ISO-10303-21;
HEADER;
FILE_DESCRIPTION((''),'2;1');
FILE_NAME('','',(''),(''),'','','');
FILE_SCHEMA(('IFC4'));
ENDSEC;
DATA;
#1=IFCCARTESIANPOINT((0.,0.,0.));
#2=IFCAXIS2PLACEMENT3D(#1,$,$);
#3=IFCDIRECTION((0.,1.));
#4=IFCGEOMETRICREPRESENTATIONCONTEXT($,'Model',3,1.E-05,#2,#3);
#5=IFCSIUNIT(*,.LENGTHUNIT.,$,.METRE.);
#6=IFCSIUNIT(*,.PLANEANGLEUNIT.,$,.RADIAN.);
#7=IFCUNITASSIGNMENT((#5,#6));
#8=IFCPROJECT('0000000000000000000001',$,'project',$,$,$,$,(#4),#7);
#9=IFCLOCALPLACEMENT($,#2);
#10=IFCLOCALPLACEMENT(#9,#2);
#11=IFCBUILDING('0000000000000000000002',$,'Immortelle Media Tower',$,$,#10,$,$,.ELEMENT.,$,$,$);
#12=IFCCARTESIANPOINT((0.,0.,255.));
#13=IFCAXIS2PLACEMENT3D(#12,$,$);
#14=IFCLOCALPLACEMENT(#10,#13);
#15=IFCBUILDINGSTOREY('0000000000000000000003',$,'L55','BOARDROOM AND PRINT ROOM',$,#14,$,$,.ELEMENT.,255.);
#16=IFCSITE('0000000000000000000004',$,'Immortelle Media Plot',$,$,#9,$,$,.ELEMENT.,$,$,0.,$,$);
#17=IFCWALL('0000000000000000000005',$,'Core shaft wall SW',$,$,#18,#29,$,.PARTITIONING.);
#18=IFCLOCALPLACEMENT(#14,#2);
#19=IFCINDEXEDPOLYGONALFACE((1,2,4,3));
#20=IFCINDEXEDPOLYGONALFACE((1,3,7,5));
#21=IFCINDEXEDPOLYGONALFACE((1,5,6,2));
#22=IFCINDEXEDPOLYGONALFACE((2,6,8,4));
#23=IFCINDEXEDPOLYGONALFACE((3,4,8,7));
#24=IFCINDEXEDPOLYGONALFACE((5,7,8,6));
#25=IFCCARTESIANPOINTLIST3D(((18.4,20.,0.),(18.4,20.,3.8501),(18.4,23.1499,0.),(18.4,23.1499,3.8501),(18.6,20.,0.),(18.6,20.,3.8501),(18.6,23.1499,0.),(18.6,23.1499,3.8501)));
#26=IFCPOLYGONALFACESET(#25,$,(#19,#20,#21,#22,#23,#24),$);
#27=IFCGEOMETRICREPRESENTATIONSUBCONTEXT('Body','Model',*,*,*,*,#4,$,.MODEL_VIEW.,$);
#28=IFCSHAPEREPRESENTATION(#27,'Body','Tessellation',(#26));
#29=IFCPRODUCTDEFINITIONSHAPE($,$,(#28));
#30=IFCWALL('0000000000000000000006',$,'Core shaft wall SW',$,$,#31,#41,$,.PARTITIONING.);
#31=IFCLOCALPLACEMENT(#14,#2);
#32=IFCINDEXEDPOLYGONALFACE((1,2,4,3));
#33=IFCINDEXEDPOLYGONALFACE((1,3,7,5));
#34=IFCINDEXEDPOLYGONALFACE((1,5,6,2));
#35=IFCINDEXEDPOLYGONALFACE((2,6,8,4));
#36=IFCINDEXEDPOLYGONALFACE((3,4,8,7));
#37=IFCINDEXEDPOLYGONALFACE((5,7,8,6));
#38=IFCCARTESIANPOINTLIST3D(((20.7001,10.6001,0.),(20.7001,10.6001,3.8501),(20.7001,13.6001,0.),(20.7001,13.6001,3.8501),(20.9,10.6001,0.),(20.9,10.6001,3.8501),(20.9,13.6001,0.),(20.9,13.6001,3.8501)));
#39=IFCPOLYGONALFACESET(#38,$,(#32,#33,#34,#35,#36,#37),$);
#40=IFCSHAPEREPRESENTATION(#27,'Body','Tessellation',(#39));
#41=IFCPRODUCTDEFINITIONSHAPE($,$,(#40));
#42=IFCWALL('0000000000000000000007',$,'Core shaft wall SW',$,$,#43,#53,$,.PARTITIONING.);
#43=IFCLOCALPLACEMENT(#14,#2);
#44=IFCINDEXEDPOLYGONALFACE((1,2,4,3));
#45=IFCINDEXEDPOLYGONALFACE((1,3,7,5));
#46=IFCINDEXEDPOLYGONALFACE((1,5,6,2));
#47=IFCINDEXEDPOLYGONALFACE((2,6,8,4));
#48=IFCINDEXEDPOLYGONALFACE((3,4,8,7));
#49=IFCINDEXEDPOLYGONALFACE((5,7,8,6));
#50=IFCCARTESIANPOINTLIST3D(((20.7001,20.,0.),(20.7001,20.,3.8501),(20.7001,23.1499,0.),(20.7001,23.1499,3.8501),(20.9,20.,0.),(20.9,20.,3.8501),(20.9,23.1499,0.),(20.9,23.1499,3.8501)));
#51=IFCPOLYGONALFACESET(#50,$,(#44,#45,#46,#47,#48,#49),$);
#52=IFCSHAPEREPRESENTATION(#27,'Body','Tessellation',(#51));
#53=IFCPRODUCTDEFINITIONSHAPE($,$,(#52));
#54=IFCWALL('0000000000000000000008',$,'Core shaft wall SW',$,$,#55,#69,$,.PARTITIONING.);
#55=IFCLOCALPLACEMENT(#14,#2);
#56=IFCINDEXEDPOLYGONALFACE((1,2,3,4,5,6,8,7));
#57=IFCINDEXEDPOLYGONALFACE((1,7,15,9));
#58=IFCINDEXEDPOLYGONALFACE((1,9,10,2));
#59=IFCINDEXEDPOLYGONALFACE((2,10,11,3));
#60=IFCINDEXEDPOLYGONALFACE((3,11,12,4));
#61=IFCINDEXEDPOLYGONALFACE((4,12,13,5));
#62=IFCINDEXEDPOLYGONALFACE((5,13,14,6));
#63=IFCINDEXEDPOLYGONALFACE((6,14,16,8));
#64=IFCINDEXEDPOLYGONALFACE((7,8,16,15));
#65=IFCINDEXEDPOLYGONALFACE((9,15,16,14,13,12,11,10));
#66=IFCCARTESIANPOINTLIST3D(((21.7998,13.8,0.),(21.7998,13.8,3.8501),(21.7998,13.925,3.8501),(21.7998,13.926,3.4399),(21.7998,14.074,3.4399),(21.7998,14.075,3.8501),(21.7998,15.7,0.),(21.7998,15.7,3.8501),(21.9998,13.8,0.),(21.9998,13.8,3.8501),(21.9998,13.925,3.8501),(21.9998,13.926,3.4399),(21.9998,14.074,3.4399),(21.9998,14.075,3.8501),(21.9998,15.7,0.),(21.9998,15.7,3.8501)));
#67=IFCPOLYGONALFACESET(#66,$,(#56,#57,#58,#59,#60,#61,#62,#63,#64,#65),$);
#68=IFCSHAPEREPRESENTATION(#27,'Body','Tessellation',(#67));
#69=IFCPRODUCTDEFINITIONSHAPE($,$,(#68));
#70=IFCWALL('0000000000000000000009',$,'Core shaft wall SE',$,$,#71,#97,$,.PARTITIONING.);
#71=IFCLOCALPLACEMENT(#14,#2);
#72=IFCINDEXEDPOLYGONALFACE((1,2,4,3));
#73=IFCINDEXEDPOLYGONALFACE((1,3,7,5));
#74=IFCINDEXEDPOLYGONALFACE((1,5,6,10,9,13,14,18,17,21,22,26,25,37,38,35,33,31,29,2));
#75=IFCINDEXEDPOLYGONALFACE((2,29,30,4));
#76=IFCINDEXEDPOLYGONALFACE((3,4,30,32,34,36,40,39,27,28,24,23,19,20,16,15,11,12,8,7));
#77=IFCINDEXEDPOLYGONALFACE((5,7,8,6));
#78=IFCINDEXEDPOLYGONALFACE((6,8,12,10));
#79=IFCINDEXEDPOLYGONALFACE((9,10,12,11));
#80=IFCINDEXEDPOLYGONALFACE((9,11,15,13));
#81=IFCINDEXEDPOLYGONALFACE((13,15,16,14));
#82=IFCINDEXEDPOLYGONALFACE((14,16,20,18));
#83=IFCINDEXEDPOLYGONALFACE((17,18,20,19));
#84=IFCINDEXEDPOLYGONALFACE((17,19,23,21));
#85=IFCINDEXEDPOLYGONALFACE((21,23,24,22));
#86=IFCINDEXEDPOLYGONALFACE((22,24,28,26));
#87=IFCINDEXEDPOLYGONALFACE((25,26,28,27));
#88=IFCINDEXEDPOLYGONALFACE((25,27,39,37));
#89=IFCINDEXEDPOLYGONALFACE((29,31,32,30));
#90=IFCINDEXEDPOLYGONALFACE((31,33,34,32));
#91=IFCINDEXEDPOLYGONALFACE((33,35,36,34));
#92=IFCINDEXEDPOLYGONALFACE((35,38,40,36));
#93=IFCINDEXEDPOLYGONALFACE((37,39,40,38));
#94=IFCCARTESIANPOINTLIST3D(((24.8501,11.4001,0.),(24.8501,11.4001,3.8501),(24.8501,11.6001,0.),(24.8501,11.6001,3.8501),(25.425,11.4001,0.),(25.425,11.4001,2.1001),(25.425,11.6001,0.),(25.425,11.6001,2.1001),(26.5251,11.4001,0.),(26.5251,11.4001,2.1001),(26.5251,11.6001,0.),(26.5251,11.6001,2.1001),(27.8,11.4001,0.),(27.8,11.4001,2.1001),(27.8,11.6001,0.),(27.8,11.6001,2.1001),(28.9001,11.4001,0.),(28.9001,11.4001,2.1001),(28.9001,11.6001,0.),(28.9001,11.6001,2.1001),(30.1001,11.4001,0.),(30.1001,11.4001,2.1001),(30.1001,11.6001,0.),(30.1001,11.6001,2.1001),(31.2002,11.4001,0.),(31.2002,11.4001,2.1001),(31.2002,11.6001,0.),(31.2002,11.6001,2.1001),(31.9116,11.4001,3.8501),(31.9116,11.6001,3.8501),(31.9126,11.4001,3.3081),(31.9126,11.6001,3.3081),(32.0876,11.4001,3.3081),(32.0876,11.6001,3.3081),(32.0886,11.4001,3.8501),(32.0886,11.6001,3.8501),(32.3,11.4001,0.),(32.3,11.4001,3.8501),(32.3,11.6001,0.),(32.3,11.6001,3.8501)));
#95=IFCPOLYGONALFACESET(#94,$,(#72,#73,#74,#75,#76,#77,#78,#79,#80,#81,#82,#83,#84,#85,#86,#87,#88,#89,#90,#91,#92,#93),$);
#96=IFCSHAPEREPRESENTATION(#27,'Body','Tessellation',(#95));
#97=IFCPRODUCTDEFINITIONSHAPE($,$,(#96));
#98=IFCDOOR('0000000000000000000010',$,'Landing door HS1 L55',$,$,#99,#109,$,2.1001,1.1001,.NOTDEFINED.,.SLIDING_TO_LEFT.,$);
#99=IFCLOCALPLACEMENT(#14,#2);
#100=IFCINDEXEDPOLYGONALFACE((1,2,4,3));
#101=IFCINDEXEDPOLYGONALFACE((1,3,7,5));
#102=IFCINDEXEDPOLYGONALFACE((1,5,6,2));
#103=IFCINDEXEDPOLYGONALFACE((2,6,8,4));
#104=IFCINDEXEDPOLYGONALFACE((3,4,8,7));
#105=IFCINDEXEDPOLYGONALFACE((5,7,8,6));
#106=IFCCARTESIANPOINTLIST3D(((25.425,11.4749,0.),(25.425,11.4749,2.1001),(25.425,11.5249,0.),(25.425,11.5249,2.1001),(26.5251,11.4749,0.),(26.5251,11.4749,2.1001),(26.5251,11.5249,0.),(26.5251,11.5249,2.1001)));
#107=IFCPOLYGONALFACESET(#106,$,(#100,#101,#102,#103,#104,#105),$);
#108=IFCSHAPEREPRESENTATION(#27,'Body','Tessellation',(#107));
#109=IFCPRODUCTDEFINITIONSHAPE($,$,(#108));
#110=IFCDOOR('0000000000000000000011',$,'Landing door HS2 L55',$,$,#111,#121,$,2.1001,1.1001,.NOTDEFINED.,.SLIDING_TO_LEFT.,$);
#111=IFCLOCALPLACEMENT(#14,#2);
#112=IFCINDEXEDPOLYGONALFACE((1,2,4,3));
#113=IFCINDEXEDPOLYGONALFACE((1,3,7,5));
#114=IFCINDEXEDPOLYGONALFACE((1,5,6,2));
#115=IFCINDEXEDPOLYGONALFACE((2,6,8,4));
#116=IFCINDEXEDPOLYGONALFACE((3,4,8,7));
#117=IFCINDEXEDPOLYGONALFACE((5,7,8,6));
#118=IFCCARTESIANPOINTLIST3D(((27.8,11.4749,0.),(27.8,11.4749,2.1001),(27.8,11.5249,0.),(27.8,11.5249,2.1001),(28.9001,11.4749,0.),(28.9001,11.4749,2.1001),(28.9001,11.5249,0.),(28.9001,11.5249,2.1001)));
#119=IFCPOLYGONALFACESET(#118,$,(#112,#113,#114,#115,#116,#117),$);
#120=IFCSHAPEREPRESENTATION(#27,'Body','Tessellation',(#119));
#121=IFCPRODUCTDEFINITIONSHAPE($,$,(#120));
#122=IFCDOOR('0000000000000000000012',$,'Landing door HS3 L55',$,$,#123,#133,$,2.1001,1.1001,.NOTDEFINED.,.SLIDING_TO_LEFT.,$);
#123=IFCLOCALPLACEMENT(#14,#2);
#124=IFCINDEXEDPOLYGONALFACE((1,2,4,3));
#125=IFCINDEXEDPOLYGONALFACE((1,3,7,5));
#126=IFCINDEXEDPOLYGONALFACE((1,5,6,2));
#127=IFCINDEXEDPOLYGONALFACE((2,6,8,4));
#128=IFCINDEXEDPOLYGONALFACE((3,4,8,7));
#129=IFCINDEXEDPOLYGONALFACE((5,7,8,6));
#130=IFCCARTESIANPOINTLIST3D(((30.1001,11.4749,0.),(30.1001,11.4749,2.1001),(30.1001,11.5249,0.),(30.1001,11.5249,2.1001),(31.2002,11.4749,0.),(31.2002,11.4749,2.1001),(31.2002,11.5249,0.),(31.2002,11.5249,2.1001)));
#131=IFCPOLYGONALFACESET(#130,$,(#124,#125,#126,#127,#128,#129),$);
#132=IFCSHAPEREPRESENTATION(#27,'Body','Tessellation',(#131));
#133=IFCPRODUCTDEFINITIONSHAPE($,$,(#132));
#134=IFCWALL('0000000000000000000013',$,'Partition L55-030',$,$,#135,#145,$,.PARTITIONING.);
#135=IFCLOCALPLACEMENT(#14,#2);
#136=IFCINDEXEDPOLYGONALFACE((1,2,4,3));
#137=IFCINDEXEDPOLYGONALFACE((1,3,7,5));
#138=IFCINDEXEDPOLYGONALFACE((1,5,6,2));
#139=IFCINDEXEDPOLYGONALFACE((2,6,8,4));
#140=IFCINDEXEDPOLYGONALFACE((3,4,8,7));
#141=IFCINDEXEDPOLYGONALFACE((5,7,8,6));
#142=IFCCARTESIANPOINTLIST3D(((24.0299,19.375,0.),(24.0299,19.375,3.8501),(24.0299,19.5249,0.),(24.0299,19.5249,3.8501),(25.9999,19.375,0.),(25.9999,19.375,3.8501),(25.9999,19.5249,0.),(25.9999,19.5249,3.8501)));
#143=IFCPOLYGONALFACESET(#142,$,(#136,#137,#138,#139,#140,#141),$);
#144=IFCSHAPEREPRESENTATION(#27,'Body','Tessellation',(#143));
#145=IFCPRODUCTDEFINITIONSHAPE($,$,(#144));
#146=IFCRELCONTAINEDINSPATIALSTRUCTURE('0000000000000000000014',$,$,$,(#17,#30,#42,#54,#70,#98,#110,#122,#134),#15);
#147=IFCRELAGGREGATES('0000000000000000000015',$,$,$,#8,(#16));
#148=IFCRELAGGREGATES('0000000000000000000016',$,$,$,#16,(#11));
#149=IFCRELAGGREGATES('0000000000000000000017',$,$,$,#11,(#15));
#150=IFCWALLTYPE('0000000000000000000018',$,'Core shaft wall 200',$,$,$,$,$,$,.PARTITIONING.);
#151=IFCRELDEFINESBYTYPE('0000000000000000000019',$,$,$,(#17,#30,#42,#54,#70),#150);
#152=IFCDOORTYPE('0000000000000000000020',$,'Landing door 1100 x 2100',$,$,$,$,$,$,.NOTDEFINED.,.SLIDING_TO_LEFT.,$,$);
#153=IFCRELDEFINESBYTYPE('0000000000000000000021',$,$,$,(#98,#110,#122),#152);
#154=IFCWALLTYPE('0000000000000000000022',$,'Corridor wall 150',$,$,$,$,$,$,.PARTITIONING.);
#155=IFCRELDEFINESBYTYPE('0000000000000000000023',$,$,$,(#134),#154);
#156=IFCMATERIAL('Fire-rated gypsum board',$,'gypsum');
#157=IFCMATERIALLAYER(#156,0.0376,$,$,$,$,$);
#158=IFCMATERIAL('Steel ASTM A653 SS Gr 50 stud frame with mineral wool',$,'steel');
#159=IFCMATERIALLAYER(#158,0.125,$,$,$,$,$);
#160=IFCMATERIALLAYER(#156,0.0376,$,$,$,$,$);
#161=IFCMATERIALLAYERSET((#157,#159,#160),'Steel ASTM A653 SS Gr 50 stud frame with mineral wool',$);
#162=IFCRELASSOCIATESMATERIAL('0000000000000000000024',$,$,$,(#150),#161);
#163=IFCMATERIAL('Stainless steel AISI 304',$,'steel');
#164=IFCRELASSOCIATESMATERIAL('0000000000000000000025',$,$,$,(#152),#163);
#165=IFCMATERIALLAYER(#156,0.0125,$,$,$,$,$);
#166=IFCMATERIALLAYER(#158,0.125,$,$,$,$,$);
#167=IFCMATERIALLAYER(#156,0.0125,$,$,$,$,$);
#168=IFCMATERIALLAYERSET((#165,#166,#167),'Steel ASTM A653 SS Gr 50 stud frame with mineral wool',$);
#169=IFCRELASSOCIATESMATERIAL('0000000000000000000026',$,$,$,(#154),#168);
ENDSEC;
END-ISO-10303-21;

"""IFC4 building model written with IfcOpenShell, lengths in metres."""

from ifc_helpers import new_model, si_unit, direction, frame, frame_2d, origin, place, context, subcontext, project, spatial, polyline, rectangle, outline, extrude, material, layer, layer_set, type_object, element, fill, save


model = new_model("IFC4")

# Units and contexts
model_context = context("Model", 3, precision=1e-05, world=origin(), true_north=direction((0.0, 1.0)))
body_context = subcontext(model_context, "Body", "Model", "MODEL_VIEW")
ifc_project = project(units=[si_unit("LENGTHUNIT", "METRE"), si_unit("PLANEANGLEUNIT", "RADIAN")], contexts=[model_context])

# Site, building, storey
site_placement = place(None, origin())
site = spatial("IfcSite", under=ifc_project, at=site_placement, Name="Immortelle Media Plot", CompositionType="ELEMENT", RefElevation=0.0)
building_placement = place(site_placement, origin())
building = spatial("IfcBuilding", under=site, at=building_placement, Name="Immortelle Media Tower", CompositionType="ELEMENT")
storey_placement = place(building_placement, frame((0.0, 0.0, 255.0)))
storey = spatial("IfcBuildingStorey", under=building, at=storey_placement, Name="L55", Description="BOARDROOM AND PRINT ROOM", CompositionType="ELEMENT", Elevation=255.0)

# Walls
ifc_material_1 = material(Name="Fire-rated gypsum board", Category="gypsum")
ifc_material_2 = material(Name="Steel ASTM A653 SS Gr 50 stud frame with mineral wool", Category="steel")
ifc_layer_1 = layer(ifc_material_1, 0.0376)
ifc_layer_2 = layer(ifc_material_2, 0.125)
ifc_layer_3 = layer(ifc_material_1, 0.0376)
ifc_layer_set_1 = layer_set([ifc_layer_1, ifc_layer_2, ifc_layer_3], Name="Steel ASTM A653 SS Gr 50 stud frame with mineral wool")
wall_type_1 = type_object("IfcWallType", Name="Core shaft wall 200", PredefinedType="PARTITIONING", material=ifc_layer_set_1)
wall_1_placement = place(storey_placement, frame((18.5, 20.0, 0.0), z_axis=(0.0, 0.0, 1.0), x_axis=(0.0, 1.0, 0.0)))
element("IfcWall", 1, at=wall_1_placement, inside=storey, type_object=wall_type_1, Name="Core shaft wall SW", PredefinedType="PARTITIONING", context=body_context, shape_type="SweptSolid", body=[
    extrude(rectangle(XDim=3.1499, YDim=0.2, at=frame_2d((1.575, 0.0))), origin(), (0.0, 0.0, 1.0), 3.8501),
])
wall_2_placement = place(storey_placement, frame((20.8, 10.6001, 0.0), z_axis=(0.0, 0.0, 1.0), x_axis=(0.0, 1.0, 0.0)))
element("IfcWall", 2, at=wall_2_placement, inside=storey, type_object=wall_type_1, Name="Core shaft wall SW", PredefinedType="PARTITIONING", context=body_context, shape_type="SweptSolid", body=[
    extrude(rectangle(XDim=3.0, YDim=0.2, at=frame_2d((1.5, 0.0))), origin(), (0.0, 0.0, 1.0), 3.8501),
])
wall_3_placement = place(storey_placement, frame((20.8, 20.0, 0.0), z_axis=(0.0, 0.0, 1.0), x_axis=(0.0, 1.0, 0.0)))
element("IfcWall", 3, at=wall_3_placement, inside=storey, type_object=wall_type_1, Name="Core shaft wall SW", PredefinedType="PARTITIONING", context=body_context, shape_type="SweptSolid", body=[
    extrude(rectangle(XDim=3.1499, YDim=0.2, at=frame_2d((1.575, 0.0))), origin(), (0.0, 0.0, 1.0), 3.8501),
])
wall_4_placement = place(storey_placement, frame((21.8999, 13.8, 0.0), z_axis=(0.0, 0.0, 1.0), x_axis=(0.0, 1.0, 0.0)))
element("IfcWall", 4, at=wall_4_placement, inside=storey, type_object=wall_type_1, Name="Core shaft wall SW", PredefinedType="PARTITIONING", context=body_context, shape_type="SweptSolid", body=[
    extrude(outline(polyline([(0.0, 0.0), (1.8999, 0.0), (1.8999, 3.8501), (0.2749, 3.8501), (0.2739, 3.4399), (0.126, 3.4399), (0.125, 3.8501), (0.0, 3.8501), (0.0, 0.0)])), frame((0.0, 0.1001, 0.0), z_axis=(0.0, -1.0, 0.0), x_axis=(1.0, 0.0, 0.0)), (0.0, 0.0, 1.0), 0.2),
])

# Wall, openings, doors
wall_5_placement = place(storey_placement, frame((24.8501, 11.5, 0.0), z_axis=(0.0, 0.0, 1.0), x_axis=(1.0, 0.0, 0.0)))
wall_5 = element("IfcWall", 5, at=wall_5_placement, inside=storey, type_object=wall_type_1, Name="Core shaft wall SE", PredefinedType="PARTITIONING", context=body_context, shape_type="SweptSolid", body=[
    extrude(outline(polyline([(0.0, 0.0), (7.45, 0.0), (7.45, 3.8501), (7.2385, 3.8501), (7.2375, 3.3081), (7.0625, 3.3081), (7.0615, 3.8501), (0.0, 3.8501), (0.0, 0.0)])), frame((0.0, 0.1001, 0.0), z_axis=(0.0, -1.0, 0.0), x_axis=(1.0, 0.0, 0.0)), (0.0, 0.0, 1.0), 0.2),
])
opening_1_placement = place(wall_5_placement, frame((0.575, 0.0, 0.0)))
opening_1 = element("IfcOpeningElement", 6, at=opening_1_placement, cuts=wall_5, PredefinedType="OPENING", context=body_context, shape_type="SweptSolid", body=[
    extrude(rectangle(XDim=1.1001, YDim=2.1001, at=frame_2d((0.55, 1.05))), frame((0.0, 0.1099, 0.0), z_axis=(0.0, -1.0, 0.0), x_axis=(1.0, 0.0, 0.0)), (0.0, 0.0, 1.0), 0.22),
])
opening_2_placement = place(wall_5_placement, frame((2.95, 0.0, 0.0)))
opening_2 = element("IfcOpeningElement", 7, at=opening_2_placement, cuts=wall_5, PredefinedType="OPENING", context=body_context, shape_type="SweptSolid", body=[
    extrude(rectangle(XDim=1.1001, YDim=2.1001, at=frame_2d((0.55, 1.05))), frame((0.0, 0.1099, 0.0), z_axis=(0.0, -1.0, 0.0), x_axis=(1.0, 0.0, 0.0)), (0.0, 0.0, 1.0), 0.22),
])
opening_3_placement = place(wall_5_placement, frame((5.25, 0.0, 0.0)))
opening_3 = element("IfcOpeningElement", 8, at=opening_3_placement, cuts=wall_5, PredefinedType="OPENING", context=body_context, shape_type="SweptSolid", body=[
    extrude(rectangle(XDim=1.1001, YDim=2.1001, at=frame_2d((0.55, 1.05))), frame((0.0, 0.1099, 0.0), z_axis=(0.0, -1.0, 0.0), x_axis=(1.0, 0.0, 0.0)), (0.0, 0.0, 1.0), 0.22),
])
ifc_material_3 = material(Name="Stainless steel AISI 304", Category="steel")
door_type_1 = type_object("IfcDoorType", Name="Landing door 1100 x 2100", OperationType="SLIDING_TO_LEFT", PredefinedType="NOTDEFINED", material=ifc_material_3)
door_1_placement = place(opening_1_placement, origin())
door_1 = element("IfcDoor", 9, at=door_1_placement, inside=storey, type_object=door_type_1, Name="Landing door HS1 L55", OperationType="SLIDING_TO_LEFT", OverallHeight=2.1001, OverallWidth=1.1001, PredefinedType="NOTDEFINED", context=body_context, shape_type="SweptSolid", body=[
    extrude(rectangle(XDim=1.1001, YDim=2.1001, at=frame_2d((0.55, 1.05))), frame((0.0, 0.0249, 0.0), z_axis=(0.0, -1.0, 0.0), x_axis=(1.0, 0.0, 0.0)), (0.0, 0.0, 1.0), 0.05),
])
fill(opening_1, door_1)
door_2_placement = place(opening_2_placement, origin())
door_2 = element("IfcDoor", 10, at=door_2_placement, inside=storey, type_object=door_type_1, Name="Landing door HS2 L55", OperationType="SLIDING_TO_LEFT", OverallHeight=2.1001, OverallWidth=1.1001, PredefinedType="NOTDEFINED", context=body_context, shape_type="SweptSolid", body=[
    extrude(rectangle(XDim=1.1001, YDim=2.1001, at=frame_2d((0.55, 1.05))), frame((0.0, 0.0249, 0.0), z_axis=(0.0, -1.0, 0.0), x_axis=(1.0, 0.0, 0.0)), (0.0, 0.0, 1.0), 0.05),
])
fill(opening_2, door_2)
door_3_placement = place(opening_3_placement, origin())
door_3 = element("IfcDoor", 11, at=door_3_placement, inside=storey, type_object=door_type_1, Name="Landing door HS3 L55", OperationType="SLIDING_TO_LEFT", OverallHeight=2.1001, OverallWidth=1.1001, PredefinedType="NOTDEFINED", context=body_context, shape_type="SweptSolid", body=[
    extrude(rectangle(XDim=1.1001, YDim=2.1001, at=frame_2d((0.55, 1.05))), frame((0.0, 0.0249, 0.0), z_axis=(0.0, -1.0, 0.0), x_axis=(1.0, 0.0, 0.0)), (0.0, 0.0, 1.0), 0.05),
])
fill(opening_3, door_3)

# Wall
ifc_layer_4 = layer(ifc_material_1, 0.0125)
ifc_layer_5 = layer(ifc_material_2, 0.125)
ifc_layer_6 = layer(ifc_material_1, 0.0125)
ifc_layer_set_2 = layer_set([ifc_layer_4, ifc_layer_5, ifc_layer_6], Name="Steel ASTM A653 SS Gr 50 stud frame with mineral wool")
wall_type_2 = type_object("IfcWallType", Name="Corridor wall 150", PredefinedType="PARTITIONING", material=ifc_layer_set_2)
wall_6_placement = place(storey_placement, frame((24.03, 19.45, 0.0), z_axis=(0.0, 0.0, 1.0), x_axis=(1.0, 0.0, 0.0)))
element("IfcWall", 12, at=wall_6_placement, inside=storey, type_object=wall_type_2, Name="Partition L55-030", PredefinedType="PARTITIONING", context=body_context, shape_type="SweptSolid", body=[
    extrude(rectangle(XDim=1.97, YDim=0.1499, at=frame_2d((0.9849, 0.0))), origin(), (0.0, 0.0, 1.0), 3.8501),
])

save(model, "model.ifc")
